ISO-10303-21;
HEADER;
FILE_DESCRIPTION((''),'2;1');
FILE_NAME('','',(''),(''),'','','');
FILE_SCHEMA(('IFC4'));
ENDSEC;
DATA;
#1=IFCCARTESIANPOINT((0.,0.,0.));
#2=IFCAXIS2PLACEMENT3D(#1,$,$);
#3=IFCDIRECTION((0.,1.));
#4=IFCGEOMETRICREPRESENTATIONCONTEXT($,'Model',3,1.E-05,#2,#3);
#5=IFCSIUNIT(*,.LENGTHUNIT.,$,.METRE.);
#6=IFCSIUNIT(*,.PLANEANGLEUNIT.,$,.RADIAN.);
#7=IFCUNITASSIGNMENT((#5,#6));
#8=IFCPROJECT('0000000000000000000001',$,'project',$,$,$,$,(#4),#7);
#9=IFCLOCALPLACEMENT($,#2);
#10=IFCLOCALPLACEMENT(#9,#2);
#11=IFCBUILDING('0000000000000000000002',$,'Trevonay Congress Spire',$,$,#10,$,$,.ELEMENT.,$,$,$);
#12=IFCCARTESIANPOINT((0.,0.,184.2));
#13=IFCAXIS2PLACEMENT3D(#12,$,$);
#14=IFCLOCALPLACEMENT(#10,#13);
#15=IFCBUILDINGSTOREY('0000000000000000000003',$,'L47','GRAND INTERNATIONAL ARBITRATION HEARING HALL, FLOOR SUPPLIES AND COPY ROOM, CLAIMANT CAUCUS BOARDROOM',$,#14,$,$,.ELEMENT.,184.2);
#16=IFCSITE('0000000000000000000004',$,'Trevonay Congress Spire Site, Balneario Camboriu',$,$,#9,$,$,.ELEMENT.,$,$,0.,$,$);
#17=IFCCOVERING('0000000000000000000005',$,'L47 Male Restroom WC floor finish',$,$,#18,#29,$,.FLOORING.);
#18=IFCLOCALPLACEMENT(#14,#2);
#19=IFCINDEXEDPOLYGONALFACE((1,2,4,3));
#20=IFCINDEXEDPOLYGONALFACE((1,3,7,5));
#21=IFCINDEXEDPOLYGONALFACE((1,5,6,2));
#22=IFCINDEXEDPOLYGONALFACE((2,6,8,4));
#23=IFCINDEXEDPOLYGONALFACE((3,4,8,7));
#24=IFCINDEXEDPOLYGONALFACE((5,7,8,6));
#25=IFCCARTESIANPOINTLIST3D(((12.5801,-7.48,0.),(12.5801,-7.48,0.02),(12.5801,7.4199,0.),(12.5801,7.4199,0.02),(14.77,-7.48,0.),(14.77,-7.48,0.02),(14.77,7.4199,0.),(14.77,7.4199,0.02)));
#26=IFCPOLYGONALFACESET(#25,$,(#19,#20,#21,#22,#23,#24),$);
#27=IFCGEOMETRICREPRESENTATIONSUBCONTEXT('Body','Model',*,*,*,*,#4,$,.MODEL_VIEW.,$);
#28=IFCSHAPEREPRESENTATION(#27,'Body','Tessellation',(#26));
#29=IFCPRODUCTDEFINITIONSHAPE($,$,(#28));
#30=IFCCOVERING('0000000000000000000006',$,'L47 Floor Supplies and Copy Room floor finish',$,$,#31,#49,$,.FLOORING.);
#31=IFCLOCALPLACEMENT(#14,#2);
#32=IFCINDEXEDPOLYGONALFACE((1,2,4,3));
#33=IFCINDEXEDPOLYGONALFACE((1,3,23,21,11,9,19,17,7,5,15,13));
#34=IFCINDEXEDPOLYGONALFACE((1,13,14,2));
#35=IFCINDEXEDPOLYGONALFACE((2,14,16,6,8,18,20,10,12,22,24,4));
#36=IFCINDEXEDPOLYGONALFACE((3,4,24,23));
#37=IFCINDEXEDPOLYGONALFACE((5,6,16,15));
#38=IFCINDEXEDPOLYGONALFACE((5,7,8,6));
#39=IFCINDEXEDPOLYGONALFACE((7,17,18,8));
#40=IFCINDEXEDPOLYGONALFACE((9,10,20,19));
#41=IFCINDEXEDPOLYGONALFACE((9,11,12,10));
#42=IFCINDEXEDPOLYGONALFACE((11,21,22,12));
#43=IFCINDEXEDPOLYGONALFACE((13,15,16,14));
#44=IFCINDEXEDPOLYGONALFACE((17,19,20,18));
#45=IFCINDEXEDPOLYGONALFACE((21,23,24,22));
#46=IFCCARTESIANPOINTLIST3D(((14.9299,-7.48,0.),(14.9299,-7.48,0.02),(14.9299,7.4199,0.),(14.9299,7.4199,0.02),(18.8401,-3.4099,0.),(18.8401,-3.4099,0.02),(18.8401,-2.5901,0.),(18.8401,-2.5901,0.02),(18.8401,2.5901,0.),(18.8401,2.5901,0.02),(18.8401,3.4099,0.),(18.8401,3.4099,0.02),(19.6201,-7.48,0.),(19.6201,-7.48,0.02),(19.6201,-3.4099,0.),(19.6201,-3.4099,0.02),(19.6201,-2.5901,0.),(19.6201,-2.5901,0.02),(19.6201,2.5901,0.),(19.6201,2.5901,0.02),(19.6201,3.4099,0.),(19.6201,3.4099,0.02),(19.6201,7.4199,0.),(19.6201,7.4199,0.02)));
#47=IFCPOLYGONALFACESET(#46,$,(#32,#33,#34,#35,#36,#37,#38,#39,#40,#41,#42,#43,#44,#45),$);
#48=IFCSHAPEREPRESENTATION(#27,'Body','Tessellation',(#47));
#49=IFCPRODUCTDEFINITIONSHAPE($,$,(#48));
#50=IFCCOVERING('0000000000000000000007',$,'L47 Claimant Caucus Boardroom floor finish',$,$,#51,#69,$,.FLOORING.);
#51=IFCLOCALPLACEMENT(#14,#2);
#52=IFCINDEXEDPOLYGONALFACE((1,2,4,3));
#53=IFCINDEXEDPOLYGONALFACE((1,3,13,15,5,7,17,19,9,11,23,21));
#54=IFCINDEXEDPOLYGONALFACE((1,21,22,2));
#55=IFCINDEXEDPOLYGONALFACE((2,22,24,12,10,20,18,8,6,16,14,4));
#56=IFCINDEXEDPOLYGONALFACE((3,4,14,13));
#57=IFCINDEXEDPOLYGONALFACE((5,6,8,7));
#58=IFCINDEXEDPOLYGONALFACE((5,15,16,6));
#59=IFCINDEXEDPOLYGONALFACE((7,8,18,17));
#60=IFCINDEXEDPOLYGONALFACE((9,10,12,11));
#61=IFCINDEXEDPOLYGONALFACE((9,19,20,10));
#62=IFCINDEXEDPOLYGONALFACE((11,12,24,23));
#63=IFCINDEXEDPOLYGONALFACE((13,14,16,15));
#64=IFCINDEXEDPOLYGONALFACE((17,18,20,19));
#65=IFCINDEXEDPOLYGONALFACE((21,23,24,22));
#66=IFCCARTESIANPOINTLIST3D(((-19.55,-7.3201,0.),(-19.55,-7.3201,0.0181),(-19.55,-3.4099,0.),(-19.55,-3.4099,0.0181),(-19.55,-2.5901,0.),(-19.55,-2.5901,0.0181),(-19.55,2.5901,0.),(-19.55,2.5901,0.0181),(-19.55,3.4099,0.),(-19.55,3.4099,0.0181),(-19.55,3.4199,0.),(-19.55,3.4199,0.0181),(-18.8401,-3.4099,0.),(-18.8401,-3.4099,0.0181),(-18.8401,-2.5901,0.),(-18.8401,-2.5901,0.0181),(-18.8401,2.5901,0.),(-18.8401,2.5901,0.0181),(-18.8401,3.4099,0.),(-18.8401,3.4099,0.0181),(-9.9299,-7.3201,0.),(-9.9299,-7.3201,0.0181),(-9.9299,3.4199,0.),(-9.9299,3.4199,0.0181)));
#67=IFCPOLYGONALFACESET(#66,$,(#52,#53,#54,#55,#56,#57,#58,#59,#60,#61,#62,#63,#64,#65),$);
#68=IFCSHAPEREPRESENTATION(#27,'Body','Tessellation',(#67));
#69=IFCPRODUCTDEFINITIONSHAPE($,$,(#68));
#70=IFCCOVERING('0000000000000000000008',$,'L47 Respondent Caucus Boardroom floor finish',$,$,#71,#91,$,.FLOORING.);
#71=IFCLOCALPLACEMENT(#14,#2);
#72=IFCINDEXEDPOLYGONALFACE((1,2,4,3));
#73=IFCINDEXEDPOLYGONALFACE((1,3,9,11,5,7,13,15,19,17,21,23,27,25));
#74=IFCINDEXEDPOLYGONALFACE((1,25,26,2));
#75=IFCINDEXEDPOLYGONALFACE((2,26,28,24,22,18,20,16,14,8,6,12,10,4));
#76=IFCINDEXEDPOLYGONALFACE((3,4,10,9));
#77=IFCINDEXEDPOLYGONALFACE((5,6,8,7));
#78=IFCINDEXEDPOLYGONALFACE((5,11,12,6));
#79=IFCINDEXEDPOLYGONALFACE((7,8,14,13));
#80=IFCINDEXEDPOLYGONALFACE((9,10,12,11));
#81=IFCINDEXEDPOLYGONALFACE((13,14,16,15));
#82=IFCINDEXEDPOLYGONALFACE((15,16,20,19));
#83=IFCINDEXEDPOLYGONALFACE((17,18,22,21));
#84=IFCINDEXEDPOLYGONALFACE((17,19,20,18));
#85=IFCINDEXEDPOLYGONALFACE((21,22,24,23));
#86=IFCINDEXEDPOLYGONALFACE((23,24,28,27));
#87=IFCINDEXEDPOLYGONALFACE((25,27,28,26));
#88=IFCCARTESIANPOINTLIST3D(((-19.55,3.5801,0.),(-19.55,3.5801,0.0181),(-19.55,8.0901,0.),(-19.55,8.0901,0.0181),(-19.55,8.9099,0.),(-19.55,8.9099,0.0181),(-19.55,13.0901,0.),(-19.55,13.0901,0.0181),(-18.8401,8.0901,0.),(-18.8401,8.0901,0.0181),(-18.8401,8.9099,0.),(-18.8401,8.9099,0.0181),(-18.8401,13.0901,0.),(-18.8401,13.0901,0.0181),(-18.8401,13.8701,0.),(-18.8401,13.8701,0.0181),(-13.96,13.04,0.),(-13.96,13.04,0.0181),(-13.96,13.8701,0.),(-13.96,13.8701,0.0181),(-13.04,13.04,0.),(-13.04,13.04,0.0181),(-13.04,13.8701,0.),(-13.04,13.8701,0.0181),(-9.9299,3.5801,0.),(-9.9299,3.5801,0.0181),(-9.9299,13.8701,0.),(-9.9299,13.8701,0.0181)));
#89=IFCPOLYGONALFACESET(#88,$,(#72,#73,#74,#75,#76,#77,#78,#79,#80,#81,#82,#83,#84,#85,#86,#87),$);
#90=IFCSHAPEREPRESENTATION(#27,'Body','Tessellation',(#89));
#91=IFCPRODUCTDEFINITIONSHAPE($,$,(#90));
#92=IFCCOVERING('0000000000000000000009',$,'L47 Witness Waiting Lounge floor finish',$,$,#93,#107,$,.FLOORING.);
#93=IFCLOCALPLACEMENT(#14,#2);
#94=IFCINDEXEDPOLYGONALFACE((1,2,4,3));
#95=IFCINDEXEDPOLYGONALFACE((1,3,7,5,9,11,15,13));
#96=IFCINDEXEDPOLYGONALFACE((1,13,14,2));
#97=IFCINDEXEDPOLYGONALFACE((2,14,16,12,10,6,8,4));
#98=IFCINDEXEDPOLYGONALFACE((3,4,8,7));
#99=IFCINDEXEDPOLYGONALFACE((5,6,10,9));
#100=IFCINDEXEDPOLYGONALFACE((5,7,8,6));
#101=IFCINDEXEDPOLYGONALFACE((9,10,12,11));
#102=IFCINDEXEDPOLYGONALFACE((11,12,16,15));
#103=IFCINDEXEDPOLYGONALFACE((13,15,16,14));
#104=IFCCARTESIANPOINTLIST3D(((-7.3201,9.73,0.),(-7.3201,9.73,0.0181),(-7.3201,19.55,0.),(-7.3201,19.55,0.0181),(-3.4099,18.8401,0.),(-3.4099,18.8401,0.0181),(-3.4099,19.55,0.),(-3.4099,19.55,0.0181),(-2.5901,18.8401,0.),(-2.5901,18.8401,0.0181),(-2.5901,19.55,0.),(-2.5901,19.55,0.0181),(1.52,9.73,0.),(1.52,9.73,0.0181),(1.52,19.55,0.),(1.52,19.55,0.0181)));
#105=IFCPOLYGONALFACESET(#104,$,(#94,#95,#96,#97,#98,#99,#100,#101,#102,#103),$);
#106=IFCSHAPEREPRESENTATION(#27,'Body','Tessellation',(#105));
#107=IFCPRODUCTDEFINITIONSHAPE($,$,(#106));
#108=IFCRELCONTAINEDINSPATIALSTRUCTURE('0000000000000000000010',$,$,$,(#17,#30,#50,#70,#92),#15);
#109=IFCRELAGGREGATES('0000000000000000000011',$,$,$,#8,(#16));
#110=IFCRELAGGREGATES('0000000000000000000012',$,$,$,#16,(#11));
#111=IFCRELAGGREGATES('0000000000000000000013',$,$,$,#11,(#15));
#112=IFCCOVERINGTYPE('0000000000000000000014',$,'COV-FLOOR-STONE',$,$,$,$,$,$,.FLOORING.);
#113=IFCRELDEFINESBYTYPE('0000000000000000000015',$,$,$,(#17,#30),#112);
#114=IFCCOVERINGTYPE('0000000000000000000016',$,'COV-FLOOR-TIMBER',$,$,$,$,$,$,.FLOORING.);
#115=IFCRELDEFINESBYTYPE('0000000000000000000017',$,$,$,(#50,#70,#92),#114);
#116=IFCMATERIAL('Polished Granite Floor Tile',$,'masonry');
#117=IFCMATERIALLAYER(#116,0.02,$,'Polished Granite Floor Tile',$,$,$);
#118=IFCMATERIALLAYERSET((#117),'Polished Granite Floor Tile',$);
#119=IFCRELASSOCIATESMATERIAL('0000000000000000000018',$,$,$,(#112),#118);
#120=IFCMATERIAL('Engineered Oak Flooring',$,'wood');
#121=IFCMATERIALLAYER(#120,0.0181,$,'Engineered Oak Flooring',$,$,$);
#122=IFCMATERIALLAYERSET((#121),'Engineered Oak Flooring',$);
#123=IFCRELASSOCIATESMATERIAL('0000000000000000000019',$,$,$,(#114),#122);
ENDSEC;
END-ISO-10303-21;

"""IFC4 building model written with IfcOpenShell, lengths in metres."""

from ifc_helpers import new_model, si_unit, direction, frame, origin, place, context, subcontext, project, spatial, polyline, outline, extrude, material, layer, layer_set, type_object, element, save


model = new_model("IFC4")

# Units and contexts
model_context = context("Model", 3, precision=1e-05, world=origin(), true_north=direction((0.0, 1.0)))
body_context = subcontext(model_context, "Body", "Model", "MODEL_VIEW")
ifc_project = project(units=[si_unit("LENGTHUNIT", "METRE"), si_unit("PLANEANGLEUNIT", "RADIAN")], contexts=[model_context])

# Site, building, storey
site_placement = place(None, origin())
site = spatial("IfcSite", under=ifc_project, at=site_placement, Name="Trevonay Congress Spire Site, Balneario Camboriu", CompositionType="ELEMENT", RefElevation=0.0)
building_placement = place(site_placement, origin())
building = spatial("IfcBuilding", under=site, at=building_placement, Name="Trevonay Congress Spire", CompositionType="ELEMENT")
storey_placement = place(building_placement, frame((0.0, 0.0, 184.2)))
storey = spatial("IfcBuildingStorey", under=building, at=storey_placement, Name="L47", Description="GRAND INTERNATIONAL ARBITRATION HEARING HALL, FLOOR SUPPLIES AND COPY ROOM, CLAIMANT CAUCUS BOARDROOM", CompositionType="ELEMENT", Elevation=184.2)

# Coverings
ifc_material_1 = material(Name="Polished Granite Floor Tile", Category="masonry")
ifc_layer_1 = layer(ifc_material_1, 0.02, Name="Polished Granite Floor Tile")
ifc_layer_set_1 = layer_set([ifc_layer_1], Name="Polished Granite Floor Tile")
covering_type_1 = type_object("IfcCoveringType", Name="COV-FLOOR-STONE", PredefinedType="FLOORING", material=ifc_layer_set_1)
covering_1_placement = place(storey_placement, origin())
element("IfcCovering", 1, at=covering_1_placement, inside=storey, type_object=covering_type_1, Name="L47 Male Restroom WC floor finish", PredefinedType="FLOORING", context=body_context, shape_type="SweptSolid", body=[
    extrude(outline(polyline([(12.5801, -7.48), (14.77, -7.48), (14.77, 7.4199), (12.5801, 7.4199), (12.5801, -7.48)])), origin(), (0.0, 0.0, 1.0), 0.02),
])
covering_2_placement = place(storey_placement, origin())
element("IfcCovering", 2, at=covering_2_placement, inside=storey, type_object=covering_type_1, Name="L47 Floor Supplies and Copy Room floor finish", PredefinedType="FLOORING", context=body_context, shape_type="SweptSolid", body=[
    extrude(outline(polyline([(19.6201, -7.48), (14.9299, -7.48), (14.9299, 7.4199), (19.6201, 7.4199), (19.6201, 3.4099), (18.8401, 3.4099), (18.8401, 2.5901), (19.6201, 2.5901), (19.6201, -2.5901), (18.8401, -2.5901), (18.8401, -3.4099), (19.6201, -3.4099), (19.6201, -7.48)])), origin(), (0.0, 0.0, 1.0), 0.02),
])
ifc_material_2 = material(Name="Engineered Oak Flooring", Category="wood")
ifc_layer_2 = layer(ifc_material_2, 0.0181, Name="Engineered Oak Flooring")
ifc_layer_set_2 = layer_set([ifc_layer_2], Name="Engineered Oak Flooring")
covering_type_2 = type_object("IfcCoveringType", Name="COV-FLOOR-TIMBER", PredefinedType="FLOORING", material=ifc_layer_set_2)
covering_3_placement = place(storey_placement, origin())
element("IfcCovering", 3, at=covering_3_placement, inside=storey, type_object=covering_type_2, Name="L47 Claimant Caucus Boardroom floor finish", PredefinedType="FLOORING", context=body_context, shape_type="SweptSolid", body=[
    extrude(outline(polyline([(-19.55, 3.4199), (-9.9299, 3.4199), (-9.9299, -7.3201), (-19.55, -7.3201), (-19.55, -3.4099), (-18.8401, -3.4099), (-18.8401, -2.5901), (-19.55, -2.5901), (-19.55, 2.5901), (-18.8401, 2.5901), (-18.8401, 3.4099), (-19.55, 3.4099), (-19.55, 3.4199)])), origin(), (0.0, 0.0, 1.0), 0.0181),
])
covering_4_placement = place(storey_placement, origin())
element("IfcCovering", 4, at=covering_4_placement, inside=storey, type_object=covering_type_2, Name="L47 Respondent Caucus Boardroom floor finish", PredefinedType="FLOORING", context=body_context, shape_type="SweptSolid", body=[
    extrude(outline(polyline([(-9.9299, 13.8701), (-9.9299, 3.5801), (-19.55, 3.5801), (-19.55, 8.0901), (-18.8401, 8.0901), (-18.8401, 8.9099), (-19.55, 8.9099), (-19.55, 13.0901), (-18.8401, 13.0901), (-18.8401, 13.8701), (-13.96, 13.8701), (-13.96, 13.04), (-13.04, 13.04), (-13.04, 13.8701), (-9.9299, 13.8701)])), origin(), (0.0, 0.0, 1.0), 0.0181),
])
covering_5_placement = place(storey_placement, origin())
element("IfcCovering", 5, at=covering_5_placement, inside=storey, type_object=covering_type_2, Name="L47 Witness Waiting Lounge floor finish", PredefinedType="FLOORING", context=body_context, shape_type="SweptSolid", body=[
    extrude(outline(polyline([(1.52, 19.55), (1.52, 9.73), (-7.3201, 9.73), (-7.3201, 19.55), (-3.4099, 19.55), (-3.4099, 18.8401), (-2.5901, 18.8401), (-2.5901, 19.55), (1.52, 19.55)])), origin(), (0.0, 0.0, 1.0), 0.0181),
])

save(model, "model.ifc")
